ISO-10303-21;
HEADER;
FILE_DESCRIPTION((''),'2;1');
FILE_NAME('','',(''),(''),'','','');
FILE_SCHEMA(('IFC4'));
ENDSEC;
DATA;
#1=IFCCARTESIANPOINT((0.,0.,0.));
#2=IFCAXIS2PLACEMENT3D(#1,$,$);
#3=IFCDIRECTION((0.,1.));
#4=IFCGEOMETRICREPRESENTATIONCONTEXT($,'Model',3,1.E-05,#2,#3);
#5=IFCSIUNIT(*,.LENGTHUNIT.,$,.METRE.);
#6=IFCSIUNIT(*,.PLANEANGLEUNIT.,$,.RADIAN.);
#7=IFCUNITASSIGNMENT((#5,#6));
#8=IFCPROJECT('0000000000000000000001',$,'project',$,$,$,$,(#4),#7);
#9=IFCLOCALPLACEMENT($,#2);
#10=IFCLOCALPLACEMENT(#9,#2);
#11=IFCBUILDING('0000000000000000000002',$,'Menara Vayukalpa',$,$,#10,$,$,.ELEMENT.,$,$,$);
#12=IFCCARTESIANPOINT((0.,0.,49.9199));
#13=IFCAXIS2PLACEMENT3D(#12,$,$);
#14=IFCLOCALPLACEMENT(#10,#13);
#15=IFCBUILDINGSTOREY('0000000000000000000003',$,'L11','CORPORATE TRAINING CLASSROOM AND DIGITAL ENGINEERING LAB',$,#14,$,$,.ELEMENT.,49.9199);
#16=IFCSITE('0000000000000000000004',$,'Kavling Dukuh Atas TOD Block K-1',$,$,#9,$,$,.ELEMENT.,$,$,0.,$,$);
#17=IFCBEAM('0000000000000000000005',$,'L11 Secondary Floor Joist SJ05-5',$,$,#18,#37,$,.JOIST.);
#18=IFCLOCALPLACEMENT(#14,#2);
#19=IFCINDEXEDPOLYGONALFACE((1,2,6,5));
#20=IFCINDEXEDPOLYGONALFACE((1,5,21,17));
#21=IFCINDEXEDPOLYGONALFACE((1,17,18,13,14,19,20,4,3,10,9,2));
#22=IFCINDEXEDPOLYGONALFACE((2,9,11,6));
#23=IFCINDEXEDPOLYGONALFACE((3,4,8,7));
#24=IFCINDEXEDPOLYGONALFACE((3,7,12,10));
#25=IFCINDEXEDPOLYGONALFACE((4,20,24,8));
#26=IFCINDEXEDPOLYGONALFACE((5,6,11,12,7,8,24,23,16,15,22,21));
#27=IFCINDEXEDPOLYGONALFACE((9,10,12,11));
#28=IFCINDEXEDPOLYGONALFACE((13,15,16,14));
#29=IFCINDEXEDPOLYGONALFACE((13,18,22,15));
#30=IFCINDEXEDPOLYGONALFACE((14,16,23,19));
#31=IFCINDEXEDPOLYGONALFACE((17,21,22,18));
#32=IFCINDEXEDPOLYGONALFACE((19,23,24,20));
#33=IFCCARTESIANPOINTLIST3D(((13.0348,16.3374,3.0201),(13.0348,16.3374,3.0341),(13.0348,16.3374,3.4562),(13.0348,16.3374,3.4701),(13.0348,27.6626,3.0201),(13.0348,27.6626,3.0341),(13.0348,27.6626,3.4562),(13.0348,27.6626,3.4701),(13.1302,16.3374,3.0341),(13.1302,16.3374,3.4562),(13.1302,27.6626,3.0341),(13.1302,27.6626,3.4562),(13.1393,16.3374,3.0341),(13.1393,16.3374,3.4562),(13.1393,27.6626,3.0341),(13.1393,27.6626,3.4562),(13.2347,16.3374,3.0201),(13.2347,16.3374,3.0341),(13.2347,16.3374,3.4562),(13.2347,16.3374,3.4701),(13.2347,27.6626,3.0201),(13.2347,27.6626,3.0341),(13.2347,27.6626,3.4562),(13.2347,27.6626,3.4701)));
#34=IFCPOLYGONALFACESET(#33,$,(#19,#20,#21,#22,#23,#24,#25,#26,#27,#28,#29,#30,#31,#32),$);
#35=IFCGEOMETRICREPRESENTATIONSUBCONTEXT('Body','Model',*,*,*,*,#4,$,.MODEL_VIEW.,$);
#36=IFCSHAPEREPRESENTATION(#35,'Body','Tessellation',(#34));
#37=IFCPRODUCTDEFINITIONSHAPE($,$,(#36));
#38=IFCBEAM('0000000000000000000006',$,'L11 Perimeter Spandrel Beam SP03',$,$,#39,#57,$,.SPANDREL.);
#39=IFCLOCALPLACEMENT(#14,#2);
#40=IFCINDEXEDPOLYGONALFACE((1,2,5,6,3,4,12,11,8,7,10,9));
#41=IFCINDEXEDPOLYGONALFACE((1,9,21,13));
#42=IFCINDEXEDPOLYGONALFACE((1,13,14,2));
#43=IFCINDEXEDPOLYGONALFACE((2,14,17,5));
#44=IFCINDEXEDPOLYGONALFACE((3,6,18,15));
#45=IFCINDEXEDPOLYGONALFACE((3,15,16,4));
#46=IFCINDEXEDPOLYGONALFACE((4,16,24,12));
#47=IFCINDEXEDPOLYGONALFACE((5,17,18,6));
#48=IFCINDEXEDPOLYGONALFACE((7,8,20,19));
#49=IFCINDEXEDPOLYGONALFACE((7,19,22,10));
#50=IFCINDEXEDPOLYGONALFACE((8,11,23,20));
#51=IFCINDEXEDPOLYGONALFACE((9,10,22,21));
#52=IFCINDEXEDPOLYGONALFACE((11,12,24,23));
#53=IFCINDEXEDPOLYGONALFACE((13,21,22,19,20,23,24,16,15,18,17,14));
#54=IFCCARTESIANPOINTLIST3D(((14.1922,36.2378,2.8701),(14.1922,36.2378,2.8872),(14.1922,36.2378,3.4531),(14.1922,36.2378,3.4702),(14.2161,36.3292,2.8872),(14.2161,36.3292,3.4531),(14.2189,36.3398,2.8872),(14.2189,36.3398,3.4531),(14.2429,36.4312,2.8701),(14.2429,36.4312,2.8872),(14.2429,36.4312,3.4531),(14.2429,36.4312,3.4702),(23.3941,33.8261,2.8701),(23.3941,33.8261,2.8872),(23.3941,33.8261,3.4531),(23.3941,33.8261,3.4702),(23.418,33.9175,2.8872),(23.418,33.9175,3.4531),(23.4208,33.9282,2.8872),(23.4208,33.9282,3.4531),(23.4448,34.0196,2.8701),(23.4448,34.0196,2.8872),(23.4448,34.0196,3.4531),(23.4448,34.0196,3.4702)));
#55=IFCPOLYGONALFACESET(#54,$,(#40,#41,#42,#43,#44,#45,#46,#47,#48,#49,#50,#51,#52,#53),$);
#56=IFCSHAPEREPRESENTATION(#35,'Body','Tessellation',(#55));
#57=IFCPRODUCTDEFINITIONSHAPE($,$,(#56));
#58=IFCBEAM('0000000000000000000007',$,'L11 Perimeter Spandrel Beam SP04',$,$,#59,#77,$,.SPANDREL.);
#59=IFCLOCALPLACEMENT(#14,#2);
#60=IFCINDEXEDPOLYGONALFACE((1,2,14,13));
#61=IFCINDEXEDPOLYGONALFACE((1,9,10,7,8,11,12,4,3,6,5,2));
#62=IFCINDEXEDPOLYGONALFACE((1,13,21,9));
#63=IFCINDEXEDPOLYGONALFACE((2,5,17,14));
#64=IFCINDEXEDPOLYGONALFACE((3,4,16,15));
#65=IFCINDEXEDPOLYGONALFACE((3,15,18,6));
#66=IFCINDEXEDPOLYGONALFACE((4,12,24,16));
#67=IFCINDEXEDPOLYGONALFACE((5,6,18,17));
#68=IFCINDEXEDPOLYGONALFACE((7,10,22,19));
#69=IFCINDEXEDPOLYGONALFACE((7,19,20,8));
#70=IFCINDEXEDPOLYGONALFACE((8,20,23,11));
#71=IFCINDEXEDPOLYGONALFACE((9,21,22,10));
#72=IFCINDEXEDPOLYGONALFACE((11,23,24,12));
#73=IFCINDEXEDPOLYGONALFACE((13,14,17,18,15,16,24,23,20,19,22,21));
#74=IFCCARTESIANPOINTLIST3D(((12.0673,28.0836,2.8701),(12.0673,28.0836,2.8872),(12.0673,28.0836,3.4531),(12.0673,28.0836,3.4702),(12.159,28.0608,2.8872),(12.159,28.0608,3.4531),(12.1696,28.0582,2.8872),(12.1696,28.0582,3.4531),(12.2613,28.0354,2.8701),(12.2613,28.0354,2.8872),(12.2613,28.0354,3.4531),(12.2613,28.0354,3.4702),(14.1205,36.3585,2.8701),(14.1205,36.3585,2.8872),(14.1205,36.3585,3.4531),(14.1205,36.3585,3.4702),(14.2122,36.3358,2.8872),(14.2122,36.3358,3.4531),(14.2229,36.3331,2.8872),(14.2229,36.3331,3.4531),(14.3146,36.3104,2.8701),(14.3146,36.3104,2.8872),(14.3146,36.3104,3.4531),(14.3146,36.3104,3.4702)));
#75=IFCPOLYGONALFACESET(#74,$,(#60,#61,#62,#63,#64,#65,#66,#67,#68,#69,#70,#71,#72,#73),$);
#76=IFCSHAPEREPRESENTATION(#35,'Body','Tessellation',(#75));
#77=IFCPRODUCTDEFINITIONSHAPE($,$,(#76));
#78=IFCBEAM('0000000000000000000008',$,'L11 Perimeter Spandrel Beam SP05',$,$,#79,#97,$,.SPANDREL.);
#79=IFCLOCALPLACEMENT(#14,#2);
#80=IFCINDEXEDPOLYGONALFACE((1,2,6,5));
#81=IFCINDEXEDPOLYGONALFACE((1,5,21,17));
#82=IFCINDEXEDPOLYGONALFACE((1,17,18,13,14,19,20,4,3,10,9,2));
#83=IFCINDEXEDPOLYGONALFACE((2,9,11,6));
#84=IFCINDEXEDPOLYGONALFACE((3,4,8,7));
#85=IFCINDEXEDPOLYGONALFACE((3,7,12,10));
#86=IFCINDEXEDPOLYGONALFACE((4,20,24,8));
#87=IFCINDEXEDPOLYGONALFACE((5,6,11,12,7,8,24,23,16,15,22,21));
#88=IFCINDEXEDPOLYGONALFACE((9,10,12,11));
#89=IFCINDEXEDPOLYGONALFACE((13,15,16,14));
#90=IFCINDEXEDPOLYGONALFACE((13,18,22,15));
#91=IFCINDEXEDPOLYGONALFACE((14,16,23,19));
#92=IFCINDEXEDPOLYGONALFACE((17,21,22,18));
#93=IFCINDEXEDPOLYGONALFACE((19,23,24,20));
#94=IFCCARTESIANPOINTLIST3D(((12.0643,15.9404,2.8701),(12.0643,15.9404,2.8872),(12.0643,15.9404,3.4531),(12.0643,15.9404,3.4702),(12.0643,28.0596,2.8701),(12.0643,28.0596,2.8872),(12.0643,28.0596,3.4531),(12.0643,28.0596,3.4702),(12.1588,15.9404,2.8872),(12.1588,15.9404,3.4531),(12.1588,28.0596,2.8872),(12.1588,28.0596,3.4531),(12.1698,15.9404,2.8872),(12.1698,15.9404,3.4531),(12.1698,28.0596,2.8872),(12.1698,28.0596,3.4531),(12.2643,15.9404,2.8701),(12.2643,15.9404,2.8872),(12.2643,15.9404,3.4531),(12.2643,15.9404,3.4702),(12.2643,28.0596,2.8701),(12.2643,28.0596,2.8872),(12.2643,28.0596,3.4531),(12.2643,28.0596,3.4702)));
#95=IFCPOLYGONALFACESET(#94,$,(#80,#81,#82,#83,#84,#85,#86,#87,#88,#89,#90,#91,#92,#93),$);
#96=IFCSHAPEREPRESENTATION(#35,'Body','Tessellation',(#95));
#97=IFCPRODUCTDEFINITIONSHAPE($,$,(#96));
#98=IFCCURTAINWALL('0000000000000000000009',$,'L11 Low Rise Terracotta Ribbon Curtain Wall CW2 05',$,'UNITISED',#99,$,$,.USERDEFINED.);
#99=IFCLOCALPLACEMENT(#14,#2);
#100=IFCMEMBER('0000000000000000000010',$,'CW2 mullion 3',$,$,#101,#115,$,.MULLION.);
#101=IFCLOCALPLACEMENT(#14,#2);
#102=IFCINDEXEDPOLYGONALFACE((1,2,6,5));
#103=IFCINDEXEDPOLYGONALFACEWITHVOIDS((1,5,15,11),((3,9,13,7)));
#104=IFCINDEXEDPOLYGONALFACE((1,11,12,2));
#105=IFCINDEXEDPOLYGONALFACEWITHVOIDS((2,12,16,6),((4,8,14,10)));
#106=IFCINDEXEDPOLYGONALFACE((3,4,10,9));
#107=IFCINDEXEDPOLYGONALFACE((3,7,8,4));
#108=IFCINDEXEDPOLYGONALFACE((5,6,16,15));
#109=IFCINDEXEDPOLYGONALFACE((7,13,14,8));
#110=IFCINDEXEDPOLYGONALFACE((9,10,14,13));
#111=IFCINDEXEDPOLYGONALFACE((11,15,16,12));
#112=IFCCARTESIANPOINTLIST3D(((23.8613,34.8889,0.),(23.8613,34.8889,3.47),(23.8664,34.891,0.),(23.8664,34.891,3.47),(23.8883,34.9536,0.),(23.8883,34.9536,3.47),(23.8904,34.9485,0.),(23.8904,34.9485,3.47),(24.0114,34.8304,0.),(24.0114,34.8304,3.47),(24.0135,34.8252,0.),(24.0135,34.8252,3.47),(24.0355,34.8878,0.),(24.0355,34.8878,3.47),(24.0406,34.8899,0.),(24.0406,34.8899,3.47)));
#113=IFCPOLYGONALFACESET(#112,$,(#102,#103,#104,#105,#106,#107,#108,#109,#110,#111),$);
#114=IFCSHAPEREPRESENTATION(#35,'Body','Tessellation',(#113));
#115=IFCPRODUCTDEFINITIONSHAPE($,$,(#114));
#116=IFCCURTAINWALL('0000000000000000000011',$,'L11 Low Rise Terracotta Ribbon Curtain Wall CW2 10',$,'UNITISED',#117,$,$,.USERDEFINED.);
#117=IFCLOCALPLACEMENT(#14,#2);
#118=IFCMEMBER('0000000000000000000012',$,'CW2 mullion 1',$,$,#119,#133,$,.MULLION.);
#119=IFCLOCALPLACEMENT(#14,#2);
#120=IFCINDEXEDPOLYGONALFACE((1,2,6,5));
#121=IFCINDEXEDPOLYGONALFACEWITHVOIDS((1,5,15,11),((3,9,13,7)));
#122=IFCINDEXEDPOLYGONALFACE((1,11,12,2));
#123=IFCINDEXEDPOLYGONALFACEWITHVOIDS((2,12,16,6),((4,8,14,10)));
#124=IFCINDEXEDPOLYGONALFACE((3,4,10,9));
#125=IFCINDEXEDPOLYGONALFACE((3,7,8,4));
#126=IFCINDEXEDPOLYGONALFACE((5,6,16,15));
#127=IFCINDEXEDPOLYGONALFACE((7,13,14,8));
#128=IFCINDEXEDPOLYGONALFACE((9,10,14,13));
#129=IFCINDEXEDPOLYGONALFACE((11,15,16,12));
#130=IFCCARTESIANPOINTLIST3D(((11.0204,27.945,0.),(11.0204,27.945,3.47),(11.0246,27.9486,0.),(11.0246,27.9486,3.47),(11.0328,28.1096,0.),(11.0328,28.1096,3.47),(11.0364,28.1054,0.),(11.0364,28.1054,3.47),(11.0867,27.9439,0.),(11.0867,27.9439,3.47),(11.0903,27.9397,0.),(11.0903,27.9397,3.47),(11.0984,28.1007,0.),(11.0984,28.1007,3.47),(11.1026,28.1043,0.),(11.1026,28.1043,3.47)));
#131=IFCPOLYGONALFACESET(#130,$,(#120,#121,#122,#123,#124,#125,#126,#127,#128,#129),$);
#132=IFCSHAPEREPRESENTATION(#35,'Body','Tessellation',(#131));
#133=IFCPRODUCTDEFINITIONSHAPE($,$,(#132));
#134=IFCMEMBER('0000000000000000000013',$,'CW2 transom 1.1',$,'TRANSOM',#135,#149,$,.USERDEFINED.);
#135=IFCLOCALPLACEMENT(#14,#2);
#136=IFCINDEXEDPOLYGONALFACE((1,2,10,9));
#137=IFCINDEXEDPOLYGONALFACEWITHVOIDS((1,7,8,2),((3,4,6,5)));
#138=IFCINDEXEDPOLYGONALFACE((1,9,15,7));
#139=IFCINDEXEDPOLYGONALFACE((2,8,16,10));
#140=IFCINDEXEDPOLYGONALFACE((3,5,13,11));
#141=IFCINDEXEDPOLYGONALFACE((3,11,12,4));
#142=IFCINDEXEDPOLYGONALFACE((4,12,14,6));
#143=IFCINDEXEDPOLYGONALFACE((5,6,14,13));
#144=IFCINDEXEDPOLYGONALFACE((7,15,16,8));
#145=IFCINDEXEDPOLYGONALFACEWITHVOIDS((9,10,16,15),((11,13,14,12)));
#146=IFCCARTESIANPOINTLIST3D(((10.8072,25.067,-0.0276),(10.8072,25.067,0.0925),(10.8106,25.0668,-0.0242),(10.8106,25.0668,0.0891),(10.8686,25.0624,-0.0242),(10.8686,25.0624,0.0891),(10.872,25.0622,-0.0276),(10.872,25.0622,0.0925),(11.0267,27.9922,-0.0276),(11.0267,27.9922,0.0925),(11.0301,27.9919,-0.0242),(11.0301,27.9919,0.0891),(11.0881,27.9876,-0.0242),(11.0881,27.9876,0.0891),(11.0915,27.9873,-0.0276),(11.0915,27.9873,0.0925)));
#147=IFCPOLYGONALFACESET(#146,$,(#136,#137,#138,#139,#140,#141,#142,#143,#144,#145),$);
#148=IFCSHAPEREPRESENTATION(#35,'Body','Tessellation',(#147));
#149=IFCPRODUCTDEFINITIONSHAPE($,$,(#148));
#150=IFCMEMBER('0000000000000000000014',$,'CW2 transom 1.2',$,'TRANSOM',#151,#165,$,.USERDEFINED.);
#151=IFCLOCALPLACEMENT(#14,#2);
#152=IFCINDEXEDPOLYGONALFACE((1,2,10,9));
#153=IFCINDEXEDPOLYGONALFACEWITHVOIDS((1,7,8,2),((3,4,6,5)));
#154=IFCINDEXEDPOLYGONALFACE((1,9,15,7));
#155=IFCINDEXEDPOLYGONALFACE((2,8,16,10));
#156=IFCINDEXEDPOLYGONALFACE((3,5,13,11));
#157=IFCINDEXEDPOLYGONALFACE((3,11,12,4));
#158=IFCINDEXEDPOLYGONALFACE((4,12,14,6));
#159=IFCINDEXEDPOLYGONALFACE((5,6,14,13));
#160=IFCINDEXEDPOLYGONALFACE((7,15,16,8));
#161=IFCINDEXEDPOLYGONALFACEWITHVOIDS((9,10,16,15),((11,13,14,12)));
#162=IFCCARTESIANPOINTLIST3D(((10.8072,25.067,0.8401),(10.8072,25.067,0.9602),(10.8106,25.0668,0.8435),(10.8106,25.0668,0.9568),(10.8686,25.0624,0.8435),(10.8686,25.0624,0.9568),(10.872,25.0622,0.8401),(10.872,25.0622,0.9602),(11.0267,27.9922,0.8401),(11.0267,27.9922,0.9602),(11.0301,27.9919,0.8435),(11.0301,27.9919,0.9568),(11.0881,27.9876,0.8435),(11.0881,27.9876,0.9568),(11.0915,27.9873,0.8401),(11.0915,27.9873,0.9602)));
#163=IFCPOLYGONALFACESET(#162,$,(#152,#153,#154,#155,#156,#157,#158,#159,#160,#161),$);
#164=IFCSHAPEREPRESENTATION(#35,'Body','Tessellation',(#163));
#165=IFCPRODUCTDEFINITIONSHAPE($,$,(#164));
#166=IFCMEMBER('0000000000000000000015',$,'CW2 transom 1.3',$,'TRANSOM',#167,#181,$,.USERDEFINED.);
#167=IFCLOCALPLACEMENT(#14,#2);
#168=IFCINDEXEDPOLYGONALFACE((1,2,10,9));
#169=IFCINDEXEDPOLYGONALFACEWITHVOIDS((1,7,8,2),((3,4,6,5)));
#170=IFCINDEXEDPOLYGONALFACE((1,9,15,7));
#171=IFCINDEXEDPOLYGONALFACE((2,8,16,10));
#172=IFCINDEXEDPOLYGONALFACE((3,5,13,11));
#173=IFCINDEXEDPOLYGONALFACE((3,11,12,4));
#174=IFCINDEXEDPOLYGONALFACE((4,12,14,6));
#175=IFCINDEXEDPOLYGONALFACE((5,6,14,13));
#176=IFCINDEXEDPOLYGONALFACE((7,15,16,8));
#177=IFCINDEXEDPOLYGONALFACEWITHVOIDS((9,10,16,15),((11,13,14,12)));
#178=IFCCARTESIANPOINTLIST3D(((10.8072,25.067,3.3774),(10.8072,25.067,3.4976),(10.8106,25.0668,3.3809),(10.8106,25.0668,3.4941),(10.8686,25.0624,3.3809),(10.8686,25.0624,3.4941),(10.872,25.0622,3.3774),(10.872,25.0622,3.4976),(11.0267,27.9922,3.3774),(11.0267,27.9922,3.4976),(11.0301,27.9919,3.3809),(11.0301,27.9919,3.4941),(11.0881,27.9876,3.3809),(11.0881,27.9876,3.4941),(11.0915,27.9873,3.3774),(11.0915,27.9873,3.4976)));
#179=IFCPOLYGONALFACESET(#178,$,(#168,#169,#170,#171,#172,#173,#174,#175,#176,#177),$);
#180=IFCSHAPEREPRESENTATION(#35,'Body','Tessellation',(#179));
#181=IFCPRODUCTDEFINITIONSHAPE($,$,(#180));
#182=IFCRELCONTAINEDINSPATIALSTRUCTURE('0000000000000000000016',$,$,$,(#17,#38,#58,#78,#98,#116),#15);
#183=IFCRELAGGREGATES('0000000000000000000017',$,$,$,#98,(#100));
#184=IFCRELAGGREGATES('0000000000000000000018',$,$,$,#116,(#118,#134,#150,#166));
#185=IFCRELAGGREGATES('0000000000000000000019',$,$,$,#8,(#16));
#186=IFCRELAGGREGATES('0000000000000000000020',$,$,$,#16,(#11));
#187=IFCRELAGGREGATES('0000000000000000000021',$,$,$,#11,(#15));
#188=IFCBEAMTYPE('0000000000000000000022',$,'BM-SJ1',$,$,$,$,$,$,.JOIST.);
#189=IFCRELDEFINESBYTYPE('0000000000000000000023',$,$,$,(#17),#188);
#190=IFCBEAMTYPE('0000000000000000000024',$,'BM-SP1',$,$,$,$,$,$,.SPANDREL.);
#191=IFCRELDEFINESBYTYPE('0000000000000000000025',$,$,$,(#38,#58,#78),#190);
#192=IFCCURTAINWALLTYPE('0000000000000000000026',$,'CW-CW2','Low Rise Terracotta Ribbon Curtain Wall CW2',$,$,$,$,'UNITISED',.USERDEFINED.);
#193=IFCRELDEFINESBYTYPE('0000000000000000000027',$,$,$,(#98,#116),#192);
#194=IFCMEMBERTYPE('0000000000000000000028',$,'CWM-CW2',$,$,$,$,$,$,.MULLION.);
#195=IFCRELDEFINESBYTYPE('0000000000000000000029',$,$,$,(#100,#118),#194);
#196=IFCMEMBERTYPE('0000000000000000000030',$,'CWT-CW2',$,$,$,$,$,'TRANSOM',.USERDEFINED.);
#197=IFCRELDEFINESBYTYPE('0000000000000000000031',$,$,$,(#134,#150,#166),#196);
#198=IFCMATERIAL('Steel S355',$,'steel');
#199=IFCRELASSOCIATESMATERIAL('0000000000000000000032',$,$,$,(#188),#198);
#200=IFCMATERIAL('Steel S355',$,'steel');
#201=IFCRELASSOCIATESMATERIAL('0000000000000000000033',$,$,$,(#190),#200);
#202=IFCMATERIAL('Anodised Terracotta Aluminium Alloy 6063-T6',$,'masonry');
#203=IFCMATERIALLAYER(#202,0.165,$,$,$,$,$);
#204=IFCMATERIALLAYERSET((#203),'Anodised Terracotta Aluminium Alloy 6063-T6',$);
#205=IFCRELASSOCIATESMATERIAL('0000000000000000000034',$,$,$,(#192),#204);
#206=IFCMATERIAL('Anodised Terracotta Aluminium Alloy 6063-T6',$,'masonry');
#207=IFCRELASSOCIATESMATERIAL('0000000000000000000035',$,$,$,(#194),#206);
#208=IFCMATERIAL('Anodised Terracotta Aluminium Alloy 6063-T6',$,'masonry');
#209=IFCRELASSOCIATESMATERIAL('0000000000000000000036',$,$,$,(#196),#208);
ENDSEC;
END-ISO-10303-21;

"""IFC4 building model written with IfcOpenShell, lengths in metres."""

from ifc_helpers import new_model, si_unit, direction, frame, origin, origin_2d, place, context, subcontext, project, spatial, hollow_rectangle, i_section, extrude, material, layer, layer_set, material_profile, profile_set, type_object, element, aggregate, save


model = new_model("IFC4")

# Units and contexts
model_context = context("Model", 3, precision=1e-05, world=origin(), true_north=direction((0.0, 1.0)))
body_context = subcontext(model_context, "Body", "Model", "MODEL_VIEW")
ifc_project = project(units=[si_unit("LENGTHUNIT", "METRE"), si_unit("PLANEANGLEUNIT", "RADIAN")], contexts=[model_context])

# Site, building, storey
site_placement = place(None, origin())
site = spatial("IfcSite", under=ifc_project, at=site_placement, Name="Kavling Dukuh Atas TOD Block K-1", CompositionType="ELEMENT", RefElevation=0.0)
building_placement = place(site_placement, origin())
building = spatial("IfcBuilding", under=site, at=building_placement, Name="Menara Vayukalpa", CompositionType="ELEMENT")
storey_placement = place(building_placement, frame((0.0, 0.0, 49.9199)))
storey = spatial("IfcBuildingStorey", under=building, at=storey_placement, Name="L11", Description="CORPORATE TRAINING CLASSROOM AND DIGITAL ENGINEERING LAB", CompositionType="ELEMENT", Elevation=49.9199)

# Beams
ifc_material_1 = material(Name="Steel S355", Category="steel")
ifc_material_profile_1 = material_profile(ifc_material_1, i_section(OverallWidth=0.2, OverallDepth=0.45, WebThickness=0.009, FlangeThickness=0.0139, at=origin_2d()), Name="WF 450x200x9x14")
ifc_profile_set_1 = profile_set([ifc_material_profile_1], Name="Steel S355")
beam_type_1 = type_object("IfcBeamType", Name="BM-SJ1", PredefinedType="JOIST", material=ifc_profile_set_1)
beam_1_placement = place(storey_placement, frame((13.1348, 27.6626, 3.2451), z_axis=(0.0, -1.0, 0.0), x_axis=(1.0, 0.0, 0.0)))
element("IfcBeam", 1, at=beam_1_placement, inside=storey, type_object=beam_type_1, Name="L11 Secondary Floor Joist SJ05-5", PredefinedType="JOIST", context=body_context, shape_type="SweptSolid", body=[
    extrude(i_section(OverallWidth=0.2, OverallDepth=0.45, WebThickness=0.009, FlangeThickness=0.0139, at=origin_2d()), origin(), (0.0, 0.0, 1.0), 11.3252),
])
ifc_material_2 = material(Name="Steel S355", Category="steel")
ifc_material_profile_2 = material_profile(ifc_material_2, i_section(OverallWidth=0.2, OverallDepth=0.6001, WebThickness=0.011, FlangeThickness=0.0171, at=origin_2d()), Name="WF 600x200x11x17")
ifc_profile_set_2 = profile_set([ifc_material_profile_2], Name="Steel S355")
beam_type_2 = type_object("IfcBeamType", Name="BM-SP1", PredefinedType="SPANDREL", material=ifc_profile_set_2)
beam_2_placement = place(storey_placement, frame((23.4194, 33.9229, 3.1702), z_axis=(-0.967331, 0.253517, 0.0), x_axis=(-0.253517, -0.967331, 0.0)))
element("IfcBeam", 2, at=beam_2_placement, inside=storey, type_object=beam_type_2, Name="L11 Perimeter Spandrel Beam SP03", PredefinedType="SPANDREL", context=body_context, shape_type="SweptSolid", body=[
    extrude(i_section(OverallWidth=0.2, OverallDepth=0.6001, WebThickness=0.011, FlangeThickness=0.0171, at=origin_2d()), origin(), (0.0, 0.0, 1.0), 9.5127),
])
beam_3_placement = place(storey_placement, frame((14.2175, 36.3345, 3.1702), z_axis=(-0.240824, -0.970569, 0.0), x_axis=(0.970569, -0.240824, 0.0)))
element("IfcBeam", 3, at=beam_3_placement, inside=storey, type_object=beam_type_2, Name="L11 Perimeter Spandrel Beam SP04", PredefinedType="SPANDREL", context=body_context, shape_type="SweptSolid", body=[
    extrude(i_section(OverallWidth=0.2, OverallDepth=0.6001, WebThickness=0.011, FlangeThickness=0.0171, at=origin_2d()), origin(), (0.0, 0.0, 1.0), 8.5259),
])
beam_4_placement = place(storey_placement, frame((12.1643, 28.0596, 3.1702), z_axis=(0.0, -1.0, 0.0), x_axis=(1.0, 0.0, 0.0)))
element("IfcBeam", 4, at=beam_4_placement, inside=storey, type_object=beam_type_2, Name="L11 Perimeter Spandrel Beam SP05", PredefinedType="SPANDREL", context=body_context, shape_type="SweptSolid", body=[
    extrude(i_section(OverallWidth=0.2, OverallDepth=0.6001, WebThickness=0.011, FlangeThickness=0.0171, at=origin_2d()), origin(), (0.0, 0.0, 1.0), 12.1191),
])

# Curtain wall, member
ifc_material_3 = material(Name="Anodised Terracotta Aluminium Alloy 6063-T6", Category="masonry")
ifc_layer_1 = layer(ifc_material_3, 0.165)
ifc_layer_set_1 = layer_set([ifc_layer_1], Name="Anodised Terracotta Aluminium Alloy 6063-T6")
curtain_wall_type = type_object("IfcCurtainWallType", Name="CW-CW2", Description="Low Rise Terracotta Ribbon Curtain Wall CW2", ElementType="UNITISED", PredefinedType="USERDEFINED", material=ifc_layer_set_1)
curtain_wall_1_placement = place(storey_placement, origin())
curtain_wall_1 = element("IfcCurtainWall", 5, at=curtain_wall_1_placement, inside=storey, type_object=curtain_wall_type, Name="L11 Low Rise Terracotta Ribbon Curtain Wall CW2 05", ObjectType="UNITISED", PredefinedType="USERDEFINED")
ifc_material_4 = material(Name="Anodised Terracotta Aluminium Alloy 6063-T6", Category="masonry")
ifc_material_profile_3 = material_profile(ifc_material_4, hollow_rectangle(XDim=0.0701, YDim=0.165, WallThickness=0.0039, at=origin_2d()), Name="ALU 70x165x4")
ifc_profile_set_3 = profile_set([ifc_material_profile_3], Name="Anodised Terracotta Aluminium Alloy 6063-T6")
member_type_1 = type_object("IfcMemberType", Name="CWM-CW2", PredefinedType="MULLION", material=ifc_profile_set_3)
member_1_placement = place(storey_placement, frame((23.9509, 34.8894, 0.0), z_axis=(0.0, 0.0, 1.0), x_axis=(-0.385895, -0.922543, 0.0)))
member_1 = element("IfcMember", 6, at=member_1_placement, type_object=member_type_1, Name="CW2 mullion 3", PredefinedType="MULLION", context=body_context, shape_type="SweptSolid", body=[
    extrude(hollow_rectangle(XDim=0.0701, YDim=0.165, WallThickness=0.0039, at=origin_2d()), origin(), (0.0, 0.0, 1.0), 3.47),
])
aggregate(curtain_wall_1, [member_1])

# Curtain wall, members
curtain_wall_2_placement = place(storey_placement, origin())
curtain_wall_2 = element("IfcCurtainWall", 7, at=curtain_wall_2_placement, inside=storey, type_object=curtain_wall_type, Name="L11 Low Rise Terracotta Ribbon Curtain Wall CW2 10", ObjectType="UNITISED", PredefinedType="USERDEFINED")
member_2_placement = place(storey_placement, frame((11.0615, 28.0247, 0.0), z_axis=(0.0, 0.0, 1.0), x_axis=(0.997199, -0.074795, 0.0)))
member_2 = element("IfcMember", 8, at=member_2_placement, type_object=member_type_1, Name="CW2 mullion 1", PredefinedType="MULLION", context=body_context, shape_type="SweptSolid", body=[
    extrude(hollow_rectangle(XDim=0.0701, YDim=0.165, WallThickness=0.0039, at=origin_2d()), origin(), (0.0, 0.0, 1.0), 3.47),
])
ifc_material_5 = material(Name="Anodised Terracotta Aluminium Alloy 6063-T6", Category="masonry")
ifc_material_profile_4 = material_profile(ifc_material_5, hollow_rectangle(XDim=0.0649, YDim=0.1201, WallThickness=0.0034, at=origin_2d()), Name="ALU 65x120x3.5")
ifc_profile_set_4 = profile_set([ifc_material_profile_4], Name="Anodised Terracotta Aluminium Alloy 6063-T6")
member_type_2 = type_object("IfcMemberType", Name="CWT-CW2", ElementType="TRANSOM", PredefinedType="USERDEFINED", material=ifc_profile_set_4)
member_3_placement = place(storey_placement, frame((11.0591, 27.9897, 0.0325), z_axis=(-0.074825, -0.997197, 0.0), x_axis=(0.997197, -0.074825, 0.0)))
member_3 = element("IfcMember", 9, at=member_3_placement, type_object=member_type_2, Name="CW2 transom 1.1", ObjectType="TRANSOM", PredefinedType="USERDEFINED", context=body_context, shape_type="SweptSolid", body=[
    extrude(hollow_rectangle(XDim=0.0649, YDim=0.1201, WallThickness=0.0034, at=origin_2d()), origin(), (0.0, 0.0, 1.0), 2.9333),
])
member_4_placement = place(storey_placement, frame((11.0591, 27.9897, 0.9001), z_axis=(-0.074825, -0.997197, 0.0), x_axis=(0.997197, -0.074825, 0.0)))
member_4 = element("IfcMember", 10, at=member_4_placement, type_object=member_type_2, Name="CW2 transom 1.2", ObjectType="TRANSOM", PredefinedType="USERDEFINED", context=body_context, shape_type="SweptSolid", body=[
    extrude(hollow_rectangle(XDim=0.0649, YDim=0.1201, WallThickness=0.0034, at=origin_2d()), origin(), (0.0, 0.0, 1.0), 2.9333),
])
member_5_placement = place(storey_placement, frame((11.0591, 27.9897, 3.4375), z_axis=(-0.074825, -0.997197, 0.0), x_axis=(0.997197, -0.074825, 0.0)))
member_5 = element("IfcMember", 11, at=member_5_placement, type_object=member_type_2, Name="CW2 transom 1.3", ObjectType="TRANSOM", PredefinedType="USERDEFINED", context=body_context, shape_type="SweptSolid", body=[
    extrude(hollow_rectangle(XDim=0.0649, YDim=0.1201, WallThickness=0.0034, at=origin_2d()), origin(), (0.0, 0.0, 1.0), 2.9333),
])
aggregate(curtain_wall_2, [member_2, member_3, member_4, member_5])

save(model, "model.ifc")
